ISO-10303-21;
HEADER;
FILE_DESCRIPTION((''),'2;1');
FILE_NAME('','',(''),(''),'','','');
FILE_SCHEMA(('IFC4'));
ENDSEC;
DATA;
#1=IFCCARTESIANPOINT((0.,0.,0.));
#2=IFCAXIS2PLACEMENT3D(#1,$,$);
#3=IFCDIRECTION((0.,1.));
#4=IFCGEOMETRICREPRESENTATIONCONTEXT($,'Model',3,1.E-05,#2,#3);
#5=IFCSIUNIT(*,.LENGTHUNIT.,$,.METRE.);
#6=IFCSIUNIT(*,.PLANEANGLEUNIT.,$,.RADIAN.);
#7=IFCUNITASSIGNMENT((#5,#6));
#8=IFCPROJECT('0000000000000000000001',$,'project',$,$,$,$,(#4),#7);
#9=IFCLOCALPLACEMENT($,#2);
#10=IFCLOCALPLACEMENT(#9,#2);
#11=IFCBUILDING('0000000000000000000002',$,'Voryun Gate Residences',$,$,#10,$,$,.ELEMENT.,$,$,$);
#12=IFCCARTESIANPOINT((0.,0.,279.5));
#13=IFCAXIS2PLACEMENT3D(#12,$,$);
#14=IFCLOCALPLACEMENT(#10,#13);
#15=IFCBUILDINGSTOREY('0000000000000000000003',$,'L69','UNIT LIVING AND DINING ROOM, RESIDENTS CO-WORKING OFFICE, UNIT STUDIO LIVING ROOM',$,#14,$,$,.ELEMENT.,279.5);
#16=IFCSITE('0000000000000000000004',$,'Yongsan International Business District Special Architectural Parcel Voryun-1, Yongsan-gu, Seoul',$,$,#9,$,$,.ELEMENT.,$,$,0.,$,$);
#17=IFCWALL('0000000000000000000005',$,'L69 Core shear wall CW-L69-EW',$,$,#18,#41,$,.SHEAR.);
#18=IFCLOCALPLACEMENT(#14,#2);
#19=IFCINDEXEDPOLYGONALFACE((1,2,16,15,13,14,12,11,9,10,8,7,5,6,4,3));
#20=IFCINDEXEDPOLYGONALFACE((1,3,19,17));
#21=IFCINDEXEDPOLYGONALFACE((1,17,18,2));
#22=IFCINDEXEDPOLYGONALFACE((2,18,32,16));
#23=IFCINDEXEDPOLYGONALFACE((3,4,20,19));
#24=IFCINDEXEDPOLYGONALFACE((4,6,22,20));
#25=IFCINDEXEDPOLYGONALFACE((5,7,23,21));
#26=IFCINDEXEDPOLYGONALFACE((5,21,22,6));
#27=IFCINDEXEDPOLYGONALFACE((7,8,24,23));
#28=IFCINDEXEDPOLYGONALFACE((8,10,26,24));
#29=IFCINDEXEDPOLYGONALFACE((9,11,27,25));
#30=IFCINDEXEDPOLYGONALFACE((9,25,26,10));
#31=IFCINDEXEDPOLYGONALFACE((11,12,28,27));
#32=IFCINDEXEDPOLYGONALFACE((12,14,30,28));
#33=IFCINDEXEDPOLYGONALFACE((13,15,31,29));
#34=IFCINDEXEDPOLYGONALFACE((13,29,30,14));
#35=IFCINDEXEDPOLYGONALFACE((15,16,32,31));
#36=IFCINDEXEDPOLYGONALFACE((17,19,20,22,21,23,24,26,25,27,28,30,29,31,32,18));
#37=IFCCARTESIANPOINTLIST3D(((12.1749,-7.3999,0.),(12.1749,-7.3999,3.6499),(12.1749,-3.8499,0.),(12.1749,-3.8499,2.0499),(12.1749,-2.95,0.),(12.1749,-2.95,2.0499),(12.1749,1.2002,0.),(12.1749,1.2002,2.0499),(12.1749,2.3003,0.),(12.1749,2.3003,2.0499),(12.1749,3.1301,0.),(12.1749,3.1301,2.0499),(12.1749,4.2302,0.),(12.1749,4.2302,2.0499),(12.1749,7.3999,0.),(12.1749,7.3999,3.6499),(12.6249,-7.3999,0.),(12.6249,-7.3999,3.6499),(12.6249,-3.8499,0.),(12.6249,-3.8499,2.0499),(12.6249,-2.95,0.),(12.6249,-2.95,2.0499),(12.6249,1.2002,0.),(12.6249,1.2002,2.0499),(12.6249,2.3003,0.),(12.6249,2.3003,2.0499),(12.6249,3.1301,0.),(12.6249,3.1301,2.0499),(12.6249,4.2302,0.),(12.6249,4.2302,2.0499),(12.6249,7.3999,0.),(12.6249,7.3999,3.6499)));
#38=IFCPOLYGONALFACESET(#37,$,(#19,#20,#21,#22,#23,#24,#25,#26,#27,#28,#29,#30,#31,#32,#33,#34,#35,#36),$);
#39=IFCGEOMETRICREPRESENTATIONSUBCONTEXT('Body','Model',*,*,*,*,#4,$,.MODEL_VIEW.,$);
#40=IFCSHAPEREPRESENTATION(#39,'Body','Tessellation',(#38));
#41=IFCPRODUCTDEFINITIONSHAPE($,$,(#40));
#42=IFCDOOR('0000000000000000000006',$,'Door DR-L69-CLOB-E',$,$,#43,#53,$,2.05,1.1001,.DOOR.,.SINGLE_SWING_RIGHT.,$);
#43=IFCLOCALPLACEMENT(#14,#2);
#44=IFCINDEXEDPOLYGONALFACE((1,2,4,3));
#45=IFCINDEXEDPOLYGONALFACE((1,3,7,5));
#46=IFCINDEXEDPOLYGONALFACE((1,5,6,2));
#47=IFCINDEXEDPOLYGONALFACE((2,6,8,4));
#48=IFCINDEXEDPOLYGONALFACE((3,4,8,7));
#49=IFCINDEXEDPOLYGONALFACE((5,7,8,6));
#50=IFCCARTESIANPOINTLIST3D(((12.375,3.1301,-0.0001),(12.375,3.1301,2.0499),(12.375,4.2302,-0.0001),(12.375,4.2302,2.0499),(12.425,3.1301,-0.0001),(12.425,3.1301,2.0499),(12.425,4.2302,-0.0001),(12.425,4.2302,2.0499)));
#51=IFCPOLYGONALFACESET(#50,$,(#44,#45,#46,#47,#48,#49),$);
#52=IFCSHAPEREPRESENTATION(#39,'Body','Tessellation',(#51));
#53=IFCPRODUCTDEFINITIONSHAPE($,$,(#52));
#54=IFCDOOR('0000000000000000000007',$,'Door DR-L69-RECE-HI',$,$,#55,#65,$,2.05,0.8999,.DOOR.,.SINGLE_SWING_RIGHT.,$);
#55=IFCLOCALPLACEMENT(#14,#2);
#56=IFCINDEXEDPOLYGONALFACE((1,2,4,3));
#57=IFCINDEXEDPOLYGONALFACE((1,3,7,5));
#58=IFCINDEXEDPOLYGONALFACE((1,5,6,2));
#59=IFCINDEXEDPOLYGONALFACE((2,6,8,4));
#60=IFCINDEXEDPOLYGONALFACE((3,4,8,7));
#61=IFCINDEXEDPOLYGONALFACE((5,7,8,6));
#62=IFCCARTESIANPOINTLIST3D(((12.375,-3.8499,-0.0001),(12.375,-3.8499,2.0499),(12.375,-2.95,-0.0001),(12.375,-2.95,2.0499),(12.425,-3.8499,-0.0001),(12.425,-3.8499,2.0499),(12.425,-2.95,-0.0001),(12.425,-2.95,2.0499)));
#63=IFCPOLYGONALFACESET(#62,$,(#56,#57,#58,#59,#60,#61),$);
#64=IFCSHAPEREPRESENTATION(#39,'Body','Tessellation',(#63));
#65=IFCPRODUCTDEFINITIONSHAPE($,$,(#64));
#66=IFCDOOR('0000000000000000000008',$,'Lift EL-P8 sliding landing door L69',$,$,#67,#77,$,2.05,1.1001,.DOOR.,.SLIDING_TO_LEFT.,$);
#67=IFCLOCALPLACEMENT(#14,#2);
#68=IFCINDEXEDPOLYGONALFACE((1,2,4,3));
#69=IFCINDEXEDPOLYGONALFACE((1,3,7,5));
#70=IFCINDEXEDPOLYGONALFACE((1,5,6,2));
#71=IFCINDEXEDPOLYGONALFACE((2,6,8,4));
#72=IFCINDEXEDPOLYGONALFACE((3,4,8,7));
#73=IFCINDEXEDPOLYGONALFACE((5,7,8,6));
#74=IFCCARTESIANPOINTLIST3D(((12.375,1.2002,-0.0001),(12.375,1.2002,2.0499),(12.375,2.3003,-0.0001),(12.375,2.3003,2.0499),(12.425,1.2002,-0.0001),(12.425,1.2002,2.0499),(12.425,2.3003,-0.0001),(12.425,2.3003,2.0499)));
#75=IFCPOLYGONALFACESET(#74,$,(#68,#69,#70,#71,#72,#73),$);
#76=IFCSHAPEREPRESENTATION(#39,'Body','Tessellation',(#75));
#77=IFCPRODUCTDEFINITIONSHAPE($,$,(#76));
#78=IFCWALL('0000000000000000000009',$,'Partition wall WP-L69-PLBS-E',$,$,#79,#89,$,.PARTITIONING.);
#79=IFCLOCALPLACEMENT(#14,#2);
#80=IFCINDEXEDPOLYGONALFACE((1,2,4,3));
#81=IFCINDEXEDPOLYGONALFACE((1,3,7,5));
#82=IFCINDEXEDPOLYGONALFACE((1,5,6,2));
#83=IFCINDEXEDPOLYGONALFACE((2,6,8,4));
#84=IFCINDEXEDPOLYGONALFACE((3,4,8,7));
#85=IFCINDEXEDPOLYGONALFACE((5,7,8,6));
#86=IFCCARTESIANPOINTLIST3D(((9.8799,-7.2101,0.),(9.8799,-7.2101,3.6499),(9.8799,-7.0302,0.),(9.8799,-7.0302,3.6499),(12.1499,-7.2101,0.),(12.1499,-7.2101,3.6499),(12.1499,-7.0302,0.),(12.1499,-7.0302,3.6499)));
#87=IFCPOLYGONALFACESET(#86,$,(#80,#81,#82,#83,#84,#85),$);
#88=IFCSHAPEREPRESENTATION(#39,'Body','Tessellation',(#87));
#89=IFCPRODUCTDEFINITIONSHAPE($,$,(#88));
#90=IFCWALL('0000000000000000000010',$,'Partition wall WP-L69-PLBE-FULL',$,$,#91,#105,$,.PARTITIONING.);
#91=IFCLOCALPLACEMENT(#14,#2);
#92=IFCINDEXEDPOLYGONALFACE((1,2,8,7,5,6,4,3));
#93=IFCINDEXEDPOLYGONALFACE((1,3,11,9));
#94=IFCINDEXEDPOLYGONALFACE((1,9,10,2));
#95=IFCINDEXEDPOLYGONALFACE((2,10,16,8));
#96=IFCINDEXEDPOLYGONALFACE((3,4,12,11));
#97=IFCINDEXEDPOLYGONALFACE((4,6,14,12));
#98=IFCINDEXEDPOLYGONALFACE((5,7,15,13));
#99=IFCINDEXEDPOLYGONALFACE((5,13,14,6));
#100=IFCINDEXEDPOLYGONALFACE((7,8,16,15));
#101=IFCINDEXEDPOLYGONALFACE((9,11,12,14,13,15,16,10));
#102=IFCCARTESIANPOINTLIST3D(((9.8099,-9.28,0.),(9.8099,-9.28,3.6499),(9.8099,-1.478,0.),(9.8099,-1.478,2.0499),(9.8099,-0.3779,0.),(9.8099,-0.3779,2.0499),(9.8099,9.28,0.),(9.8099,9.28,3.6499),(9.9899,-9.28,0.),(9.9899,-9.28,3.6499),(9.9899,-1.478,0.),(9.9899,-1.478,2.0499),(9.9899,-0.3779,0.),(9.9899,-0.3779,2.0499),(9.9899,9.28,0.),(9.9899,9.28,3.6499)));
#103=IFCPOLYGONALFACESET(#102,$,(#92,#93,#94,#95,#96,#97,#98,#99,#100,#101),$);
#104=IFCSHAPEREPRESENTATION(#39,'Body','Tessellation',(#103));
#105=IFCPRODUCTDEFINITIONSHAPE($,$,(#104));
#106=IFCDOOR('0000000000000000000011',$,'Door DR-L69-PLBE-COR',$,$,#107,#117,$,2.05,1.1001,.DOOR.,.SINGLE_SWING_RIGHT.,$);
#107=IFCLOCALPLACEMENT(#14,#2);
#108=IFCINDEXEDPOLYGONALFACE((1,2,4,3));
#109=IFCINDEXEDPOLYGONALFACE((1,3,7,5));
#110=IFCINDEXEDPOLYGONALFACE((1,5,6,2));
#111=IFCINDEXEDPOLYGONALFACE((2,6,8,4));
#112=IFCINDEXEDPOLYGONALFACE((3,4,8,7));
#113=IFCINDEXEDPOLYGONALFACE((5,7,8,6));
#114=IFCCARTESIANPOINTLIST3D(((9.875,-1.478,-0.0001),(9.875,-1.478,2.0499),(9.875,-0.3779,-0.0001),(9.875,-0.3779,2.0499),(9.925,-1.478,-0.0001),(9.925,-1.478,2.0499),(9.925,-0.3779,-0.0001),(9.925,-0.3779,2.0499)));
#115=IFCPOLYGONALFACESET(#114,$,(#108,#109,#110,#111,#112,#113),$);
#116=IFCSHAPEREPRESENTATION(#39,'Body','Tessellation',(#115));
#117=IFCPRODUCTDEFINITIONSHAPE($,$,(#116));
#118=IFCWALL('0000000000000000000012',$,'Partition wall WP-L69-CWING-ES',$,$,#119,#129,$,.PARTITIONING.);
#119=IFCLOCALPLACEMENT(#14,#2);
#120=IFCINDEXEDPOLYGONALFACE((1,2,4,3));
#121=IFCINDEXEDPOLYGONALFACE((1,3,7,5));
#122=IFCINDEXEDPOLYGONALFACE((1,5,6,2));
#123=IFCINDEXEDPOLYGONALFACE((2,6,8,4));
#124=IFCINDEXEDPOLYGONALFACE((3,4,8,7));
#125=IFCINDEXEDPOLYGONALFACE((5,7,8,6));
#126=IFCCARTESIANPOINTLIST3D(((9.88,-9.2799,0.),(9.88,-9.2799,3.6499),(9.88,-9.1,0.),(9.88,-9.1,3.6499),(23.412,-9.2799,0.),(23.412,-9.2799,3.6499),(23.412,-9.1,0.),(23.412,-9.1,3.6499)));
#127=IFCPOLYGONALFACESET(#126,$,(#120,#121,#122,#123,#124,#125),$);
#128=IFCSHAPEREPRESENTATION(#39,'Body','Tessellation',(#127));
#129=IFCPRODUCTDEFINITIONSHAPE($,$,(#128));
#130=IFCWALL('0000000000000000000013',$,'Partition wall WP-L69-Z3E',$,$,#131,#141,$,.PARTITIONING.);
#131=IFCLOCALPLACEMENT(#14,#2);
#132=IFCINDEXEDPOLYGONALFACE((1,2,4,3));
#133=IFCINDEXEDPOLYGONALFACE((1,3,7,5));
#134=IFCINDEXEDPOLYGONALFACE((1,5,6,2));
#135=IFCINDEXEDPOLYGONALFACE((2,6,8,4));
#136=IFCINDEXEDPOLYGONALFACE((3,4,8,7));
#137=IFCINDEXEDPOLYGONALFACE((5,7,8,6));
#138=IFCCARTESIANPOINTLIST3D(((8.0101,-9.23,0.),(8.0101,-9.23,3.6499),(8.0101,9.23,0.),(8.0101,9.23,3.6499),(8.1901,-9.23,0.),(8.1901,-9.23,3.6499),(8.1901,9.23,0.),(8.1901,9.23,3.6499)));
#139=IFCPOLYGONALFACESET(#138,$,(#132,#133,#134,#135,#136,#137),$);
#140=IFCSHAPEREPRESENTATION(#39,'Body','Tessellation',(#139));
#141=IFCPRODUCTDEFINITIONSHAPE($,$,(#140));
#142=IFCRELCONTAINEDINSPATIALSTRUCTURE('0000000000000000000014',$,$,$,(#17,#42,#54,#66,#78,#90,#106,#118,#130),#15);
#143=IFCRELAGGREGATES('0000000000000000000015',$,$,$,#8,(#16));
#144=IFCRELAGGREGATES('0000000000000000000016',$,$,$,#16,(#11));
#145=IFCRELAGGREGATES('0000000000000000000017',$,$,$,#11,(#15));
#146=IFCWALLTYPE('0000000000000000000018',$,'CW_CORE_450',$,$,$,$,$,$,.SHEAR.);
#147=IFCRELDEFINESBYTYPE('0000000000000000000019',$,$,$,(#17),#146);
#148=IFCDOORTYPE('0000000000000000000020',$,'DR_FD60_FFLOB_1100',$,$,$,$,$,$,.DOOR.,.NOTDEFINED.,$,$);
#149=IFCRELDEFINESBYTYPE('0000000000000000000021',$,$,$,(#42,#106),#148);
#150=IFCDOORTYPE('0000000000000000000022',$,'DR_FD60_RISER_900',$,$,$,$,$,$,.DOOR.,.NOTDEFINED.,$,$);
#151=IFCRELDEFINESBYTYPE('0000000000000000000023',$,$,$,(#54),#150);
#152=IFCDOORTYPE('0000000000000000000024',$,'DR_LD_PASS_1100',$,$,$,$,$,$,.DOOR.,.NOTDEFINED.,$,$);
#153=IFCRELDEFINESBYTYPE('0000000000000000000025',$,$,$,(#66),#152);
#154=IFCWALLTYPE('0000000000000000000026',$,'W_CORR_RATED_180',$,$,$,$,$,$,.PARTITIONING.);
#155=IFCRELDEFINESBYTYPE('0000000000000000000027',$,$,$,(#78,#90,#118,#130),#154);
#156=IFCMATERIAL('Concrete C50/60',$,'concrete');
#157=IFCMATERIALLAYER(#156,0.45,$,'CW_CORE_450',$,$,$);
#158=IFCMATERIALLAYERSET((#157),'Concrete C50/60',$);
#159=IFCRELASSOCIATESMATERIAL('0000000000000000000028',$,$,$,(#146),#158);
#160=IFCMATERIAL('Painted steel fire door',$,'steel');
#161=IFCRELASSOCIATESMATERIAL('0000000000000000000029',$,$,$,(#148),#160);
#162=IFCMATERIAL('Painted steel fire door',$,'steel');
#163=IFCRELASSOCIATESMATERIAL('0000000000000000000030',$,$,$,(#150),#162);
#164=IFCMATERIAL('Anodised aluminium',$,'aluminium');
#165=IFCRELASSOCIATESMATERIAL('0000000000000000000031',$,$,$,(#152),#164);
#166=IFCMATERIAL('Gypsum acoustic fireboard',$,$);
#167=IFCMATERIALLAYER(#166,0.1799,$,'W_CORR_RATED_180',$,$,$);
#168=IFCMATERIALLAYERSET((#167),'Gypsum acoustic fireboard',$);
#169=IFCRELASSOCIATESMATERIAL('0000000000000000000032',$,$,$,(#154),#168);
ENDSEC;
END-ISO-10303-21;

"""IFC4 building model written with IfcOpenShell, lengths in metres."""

from ifc_helpers import new_model, si_unit, direction, frame, frame_2d, origin, place, context, subcontext, project, spatial, rectangle, extrude, material, layer, layer_set, type_object, element, fill, save


model = new_model("IFC4")

# Units and contexts
model_context = context("Model", 3, precision=1e-05, world=origin(), true_north=direction((0.0, 1.0)))
body_context = subcontext(model_context, "Body", "Model", "MODEL_VIEW")
ifc_project = project(units=[si_unit("LENGTHUNIT", "METRE"), si_unit("PLANEANGLEUNIT", "RADIAN")], contexts=[model_context])

# Site, building, storey
site_placement = place(None, origin())
site = spatial("IfcSite", under=ifc_project, at=site_placement, Name="Yongsan International Business District Special Architectural Parcel Voryun-1, Yongsan-gu, Seoul", CompositionType="ELEMENT", RefElevation=0.0)
building_placement = place(site_placement, origin())
building = spatial("IfcBuilding", under=site, at=building_placement, Name="Voryun Gate Residences", CompositionType="ELEMENT")
storey_placement = place(building_placement, frame((0.0, 0.0, 279.5)))
storey = spatial("IfcBuildingStorey", under=building, at=storey_placement, Name="L69", Description="UNIT LIVING AND DINING ROOM, RESIDENTS CO-WORKING OFFICE, UNIT STUDIO LIVING ROOM", CompositionType="ELEMENT", Elevation=279.5)

# Shared definitions
ifc_material_1 = material(Name="Concrete C50/60", Category="concrete")
ifc_layer_1 = layer(ifc_material_1, 0.45, Name="CW_CORE_450")
ifc_layer_set_1 = layer_set([ifc_layer_1], Name="Concrete C50/60")
wall_type_1 = type_object("IfcWallType", Name="CW_CORE_450", PredefinedType="SHEAR", material=ifc_layer_set_1)

# Wall, openings, doors
wall_1_placement = place(storey_placement, frame((12.3999, -7.3999, 0.0), z_axis=(0.0, 0.0, 1.0), x_axis=(0.0, 1.0, 0.0)))
wall_1 = element("IfcWall", 1, at=wall_1_placement, inside=storey, type_object=wall_type_1, Name="L69 Core shear wall CW-L69-EW", PredefinedType="SHEAR", context=body_context, shape_type="SweptSolid", body=[
    extrude(rectangle(XDim=14.7998, YDim=0.45, at=frame_2d((7.3999, 0.0))), origin(), (0.0, 0.0, 1.0), 3.6499),
])
opening_1_placement = place(wall_1_placement, frame((8.6001, 0.0, 0.0)))
opening_1 = element("IfcOpeningElement", 2, at=opening_1_placement, cuts=wall_1, PredefinedType="OPENING", context=body_context, shape_type="SweptSolid", body=[
    extrude(rectangle(XDim=1.1001, YDim=2.05, at=frame_2d((0.55, 1.0249))), frame((0.0, 0.2351, 0.0), z_axis=(0.0, -1.0, 0.0), x_axis=(1.0, 0.0, 0.0)), (0.0, 0.0, 1.0), 0.47),
])
opening_2_placement = place(wall_1_placement, frame((10.53, 0.0, 0.0)))
opening_2 = element("IfcOpeningElement", 3, at=opening_2_placement, cuts=wall_1, PredefinedType="OPENING", context=body_context, shape_type="SweptSolid", body=[
    extrude(rectangle(XDim=1.1001, YDim=2.05, at=frame_2d((0.55, 1.0249))), frame((0.0, 0.2351, 0.0), z_axis=(0.0, -1.0, 0.0), x_axis=(1.0, 0.0, 0.0)), (0.0, 0.0, 1.0), 0.47),
])
opening_3_placement = place(wall_1_placement, frame((3.55, 0.0, 0.0)))
opening_3 = element("IfcOpeningElement", 4, at=opening_3_placement, cuts=wall_1, PredefinedType="OPENING", context=body_context, shape_type="SweptSolid", body=[
    extrude(rectangle(XDim=0.8999, YDim=2.05, at=frame_2d((0.45, 1.0249))), frame((0.0, 0.2351, 0.0), z_axis=(0.0, -1.0, 0.0), x_axis=(1.0, 0.0, 0.0)), (0.0, 0.0, 1.0), 0.47),
])
ifc_material_2 = material(Name="Painted steel fire door", Category="steel")
door_type_1 = type_object("IfcDoorType", Name="DR_FD60_FFLOB_1100", OperationType="NOTDEFINED", PredefinedType="DOOR", material=ifc_material_2)
door_1_placement = place(opening_2_placement, origin())
door_1 = element("IfcDoor", 5, at=door_1_placement, inside=storey, type_object=door_type_1, Name="Door DR-L69-CLOB-E", OperationType="SINGLE_SWING_RIGHT", OverallHeight=2.05, OverallWidth=1.1001, PredefinedType="DOOR", context=body_context, shape_type="SweptSolid", body=[
    extrude(rectangle(XDim=1.1001, YDim=2.05, at=frame_2d((0.55, 1.0249))), frame((0.0, 0.0249, 0.0), z_axis=(0.0, -1.0, 0.0), x_axis=(1.0, 0.0, 0.0)), (0.0, 0.0, 1.0), 0.05),
])
fill(opening_2, door_1)
ifc_material_3 = material(Name="Painted steel fire door", Category="steel")
door_type_2 = type_object("IfcDoorType", Name="DR_FD60_RISER_900", OperationType="NOTDEFINED", PredefinedType="DOOR", material=ifc_material_3)
door_2_placement = place(opening_3_placement, origin())
door_2 = element("IfcDoor", 6, at=door_2_placement, inside=storey, type_object=door_type_2, Name="Door DR-L69-RECE-HI", OperationType="SINGLE_SWING_RIGHT", OverallHeight=2.05, OverallWidth=0.8999, PredefinedType="DOOR", context=body_context, shape_type="SweptSolid", body=[
    extrude(rectangle(XDim=0.8999, YDim=2.05, at=frame_2d((0.45, 1.0249))), frame((0.0, 0.0249, 0.0), z_axis=(0.0, -1.0, 0.0), x_axis=(1.0, 0.0, 0.0)), (0.0, 0.0, 1.0), 0.05),
])
fill(opening_3, door_2)
ifc_material_4 = material(Name="Anodised aluminium", Category="aluminium")
door_type_3 = type_object("IfcDoorType", Name="DR_LD_PASS_1100", OperationType="NOTDEFINED", PredefinedType="DOOR", material=ifc_material_4)
door_3_placement = place(opening_1_placement, origin())
door_3 = element("IfcDoor", 7, at=door_3_placement, inside=storey, type_object=door_type_3, Name="Lift EL-P8 sliding landing door L69", OperationType="SLIDING_TO_LEFT", OverallHeight=2.05, OverallWidth=1.1001, PredefinedType="DOOR", context=body_context, shape_type="SweptSolid", body=[
    extrude(rectangle(XDim=1.1001, YDim=2.05, at=frame_2d((0.55, 1.0249))), frame((0.0, 0.0249, 0.0), z_axis=(0.0, -1.0, 0.0), x_axis=(1.0, 0.0, 0.0)), (0.0, 0.0, 1.0), 0.05),
])
fill(opening_1, door_3)

# Wall
ifc_material_5 = material(Name="Gypsum acoustic fireboard")
ifc_layer_2 = layer(ifc_material_5, 0.1799, Name="W_CORR_RATED_180")
ifc_layer_set_2 = layer_set([ifc_layer_2], Name="Gypsum acoustic fireboard")
wall_type_2 = type_object("IfcWallType", Name="W_CORR_RATED_180", PredefinedType="PARTITIONING", material=ifc_layer_set_2)
wall_2_placement = place(storey_placement, frame((9.8799, -7.1201, 0.0), z_axis=(0.0, 0.0, 1.0), x_axis=(1.0, 0.0, 0.0)))
element("IfcWall", 8, at=wall_2_placement, inside=storey, type_object=wall_type_2, Name="Partition wall WP-L69-PLBS-E", PredefinedType="PARTITIONING", context=body_context, shape_type="SweptSolid", body=[
    extrude(rectangle(XDim=2.27, YDim=0.1799, at=frame_2d((1.135, 0.0))), origin(), (0.0, 0.0, 1.0), 3.6499),
])

# Wall, opening, door
wall_3_placement = place(storey_placement, frame((9.8999, -9.28, 0.0), z_axis=(0.0, 0.0, 1.0), x_axis=(0.0, 1.0, 0.0)))
wall_3 = element("IfcWall", 9, at=wall_3_placement, inside=storey, type_object=wall_type_2, Name="Partition wall WP-L69-PLBE-FULL", PredefinedType="PARTITIONING", context=body_context, shape_type="SweptSolid", body=[
    extrude(rectangle(XDim=18.5601, YDim=0.1799, at=frame_2d((9.28, 0.0))), origin(), (0.0, 0.0, 1.0), 3.6499),
])
opening_4_placement = place(wall_3_placement, frame((7.802, 0.0, 0.0)))
opening_4 = element("IfcOpeningElement", 10, at=opening_4_placement, cuts=wall_3, PredefinedType="OPENING", context=body_context, shape_type="SweptSolid", body=[
    extrude(rectangle(XDim=1.1001, YDim=2.05, at=frame_2d((0.55, 1.0249))), frame((0.0, 0.0999, 0.0), z_axis=(0.0, -1.0, 0.0), x_axis=(1.0, 0.0, 0.0)), (0.0, 0.0, 1.0), 0.2),
])
door_4_placement = place(opening_4_placement, origin())
door_4 = element("IfcDoor", 11, at=door_4_placement, inside=storey, type_object=door_type_1, Name="Door DR-L69-PLBE-COR", OperationType="SINGLE_SWING_RIGHT", OverallHeight=2.05, OverallWidth=1.1001, PredefinedType="DOOR", context=body_context, shape_type="SweptSolid", body=[
    extrude(rectangle(XDim=1.1001, YDim=2.05, at=frame_2d((0.55, 1.0249))), frame((0.0, 0.0249, 0.0), z_axis=(0.0, -1.0, 0.0), x_axis=(1.0, 0.0, 0.0)), (0.0, 0.0, 1.0), 0.05),
])
fill(opening_4, door_4)

# Walls
wall_4_placement = place(storey_placement, frame((9.8799, -9.1899, 0.0), z_axis=(0.0, 0.0, 1.0), x_axis=(1.0, 0.0, 0.0)))
element("IfcWall", 12, at=wall_4_placement, inside=storey, type_object=wall_type_2, Name="Partition wall WP-L69-CWING-ES", PredefinedType="PARTITIONING", context=body_context, shape_type="SweptSolid", body=[
    extrude(rectangle(XDim=13.532, YDim=0.1799, at=frame_2d((6.7661, 0.0))), origin(), (0.0, 0.0, 1.0), 3.6499),
])
wall_5_placement = place(storey_placement, frame((8.1001, -9.23, 0.0), z_axis=(0.0, 0.0, 1.0), x_axis=(0.0, 1.0, 0.0)))
element("IfcWall", 13, at=wall_5_placement, inside=storey, type_object=wall_type_2, Name="Partition wall WP-L69-Z3E", PredefinedType="PARTITIONING", context=body_context, shape_type="SweptSolid", body=[
    extrude(rectangle(XDim=18.46, YDim=0.1799, at=frame_2d((9.23, 0.0))), origin(), (0.0, 0.0, 1.0), 3.6499),
])

save(model, "model.ifc")
